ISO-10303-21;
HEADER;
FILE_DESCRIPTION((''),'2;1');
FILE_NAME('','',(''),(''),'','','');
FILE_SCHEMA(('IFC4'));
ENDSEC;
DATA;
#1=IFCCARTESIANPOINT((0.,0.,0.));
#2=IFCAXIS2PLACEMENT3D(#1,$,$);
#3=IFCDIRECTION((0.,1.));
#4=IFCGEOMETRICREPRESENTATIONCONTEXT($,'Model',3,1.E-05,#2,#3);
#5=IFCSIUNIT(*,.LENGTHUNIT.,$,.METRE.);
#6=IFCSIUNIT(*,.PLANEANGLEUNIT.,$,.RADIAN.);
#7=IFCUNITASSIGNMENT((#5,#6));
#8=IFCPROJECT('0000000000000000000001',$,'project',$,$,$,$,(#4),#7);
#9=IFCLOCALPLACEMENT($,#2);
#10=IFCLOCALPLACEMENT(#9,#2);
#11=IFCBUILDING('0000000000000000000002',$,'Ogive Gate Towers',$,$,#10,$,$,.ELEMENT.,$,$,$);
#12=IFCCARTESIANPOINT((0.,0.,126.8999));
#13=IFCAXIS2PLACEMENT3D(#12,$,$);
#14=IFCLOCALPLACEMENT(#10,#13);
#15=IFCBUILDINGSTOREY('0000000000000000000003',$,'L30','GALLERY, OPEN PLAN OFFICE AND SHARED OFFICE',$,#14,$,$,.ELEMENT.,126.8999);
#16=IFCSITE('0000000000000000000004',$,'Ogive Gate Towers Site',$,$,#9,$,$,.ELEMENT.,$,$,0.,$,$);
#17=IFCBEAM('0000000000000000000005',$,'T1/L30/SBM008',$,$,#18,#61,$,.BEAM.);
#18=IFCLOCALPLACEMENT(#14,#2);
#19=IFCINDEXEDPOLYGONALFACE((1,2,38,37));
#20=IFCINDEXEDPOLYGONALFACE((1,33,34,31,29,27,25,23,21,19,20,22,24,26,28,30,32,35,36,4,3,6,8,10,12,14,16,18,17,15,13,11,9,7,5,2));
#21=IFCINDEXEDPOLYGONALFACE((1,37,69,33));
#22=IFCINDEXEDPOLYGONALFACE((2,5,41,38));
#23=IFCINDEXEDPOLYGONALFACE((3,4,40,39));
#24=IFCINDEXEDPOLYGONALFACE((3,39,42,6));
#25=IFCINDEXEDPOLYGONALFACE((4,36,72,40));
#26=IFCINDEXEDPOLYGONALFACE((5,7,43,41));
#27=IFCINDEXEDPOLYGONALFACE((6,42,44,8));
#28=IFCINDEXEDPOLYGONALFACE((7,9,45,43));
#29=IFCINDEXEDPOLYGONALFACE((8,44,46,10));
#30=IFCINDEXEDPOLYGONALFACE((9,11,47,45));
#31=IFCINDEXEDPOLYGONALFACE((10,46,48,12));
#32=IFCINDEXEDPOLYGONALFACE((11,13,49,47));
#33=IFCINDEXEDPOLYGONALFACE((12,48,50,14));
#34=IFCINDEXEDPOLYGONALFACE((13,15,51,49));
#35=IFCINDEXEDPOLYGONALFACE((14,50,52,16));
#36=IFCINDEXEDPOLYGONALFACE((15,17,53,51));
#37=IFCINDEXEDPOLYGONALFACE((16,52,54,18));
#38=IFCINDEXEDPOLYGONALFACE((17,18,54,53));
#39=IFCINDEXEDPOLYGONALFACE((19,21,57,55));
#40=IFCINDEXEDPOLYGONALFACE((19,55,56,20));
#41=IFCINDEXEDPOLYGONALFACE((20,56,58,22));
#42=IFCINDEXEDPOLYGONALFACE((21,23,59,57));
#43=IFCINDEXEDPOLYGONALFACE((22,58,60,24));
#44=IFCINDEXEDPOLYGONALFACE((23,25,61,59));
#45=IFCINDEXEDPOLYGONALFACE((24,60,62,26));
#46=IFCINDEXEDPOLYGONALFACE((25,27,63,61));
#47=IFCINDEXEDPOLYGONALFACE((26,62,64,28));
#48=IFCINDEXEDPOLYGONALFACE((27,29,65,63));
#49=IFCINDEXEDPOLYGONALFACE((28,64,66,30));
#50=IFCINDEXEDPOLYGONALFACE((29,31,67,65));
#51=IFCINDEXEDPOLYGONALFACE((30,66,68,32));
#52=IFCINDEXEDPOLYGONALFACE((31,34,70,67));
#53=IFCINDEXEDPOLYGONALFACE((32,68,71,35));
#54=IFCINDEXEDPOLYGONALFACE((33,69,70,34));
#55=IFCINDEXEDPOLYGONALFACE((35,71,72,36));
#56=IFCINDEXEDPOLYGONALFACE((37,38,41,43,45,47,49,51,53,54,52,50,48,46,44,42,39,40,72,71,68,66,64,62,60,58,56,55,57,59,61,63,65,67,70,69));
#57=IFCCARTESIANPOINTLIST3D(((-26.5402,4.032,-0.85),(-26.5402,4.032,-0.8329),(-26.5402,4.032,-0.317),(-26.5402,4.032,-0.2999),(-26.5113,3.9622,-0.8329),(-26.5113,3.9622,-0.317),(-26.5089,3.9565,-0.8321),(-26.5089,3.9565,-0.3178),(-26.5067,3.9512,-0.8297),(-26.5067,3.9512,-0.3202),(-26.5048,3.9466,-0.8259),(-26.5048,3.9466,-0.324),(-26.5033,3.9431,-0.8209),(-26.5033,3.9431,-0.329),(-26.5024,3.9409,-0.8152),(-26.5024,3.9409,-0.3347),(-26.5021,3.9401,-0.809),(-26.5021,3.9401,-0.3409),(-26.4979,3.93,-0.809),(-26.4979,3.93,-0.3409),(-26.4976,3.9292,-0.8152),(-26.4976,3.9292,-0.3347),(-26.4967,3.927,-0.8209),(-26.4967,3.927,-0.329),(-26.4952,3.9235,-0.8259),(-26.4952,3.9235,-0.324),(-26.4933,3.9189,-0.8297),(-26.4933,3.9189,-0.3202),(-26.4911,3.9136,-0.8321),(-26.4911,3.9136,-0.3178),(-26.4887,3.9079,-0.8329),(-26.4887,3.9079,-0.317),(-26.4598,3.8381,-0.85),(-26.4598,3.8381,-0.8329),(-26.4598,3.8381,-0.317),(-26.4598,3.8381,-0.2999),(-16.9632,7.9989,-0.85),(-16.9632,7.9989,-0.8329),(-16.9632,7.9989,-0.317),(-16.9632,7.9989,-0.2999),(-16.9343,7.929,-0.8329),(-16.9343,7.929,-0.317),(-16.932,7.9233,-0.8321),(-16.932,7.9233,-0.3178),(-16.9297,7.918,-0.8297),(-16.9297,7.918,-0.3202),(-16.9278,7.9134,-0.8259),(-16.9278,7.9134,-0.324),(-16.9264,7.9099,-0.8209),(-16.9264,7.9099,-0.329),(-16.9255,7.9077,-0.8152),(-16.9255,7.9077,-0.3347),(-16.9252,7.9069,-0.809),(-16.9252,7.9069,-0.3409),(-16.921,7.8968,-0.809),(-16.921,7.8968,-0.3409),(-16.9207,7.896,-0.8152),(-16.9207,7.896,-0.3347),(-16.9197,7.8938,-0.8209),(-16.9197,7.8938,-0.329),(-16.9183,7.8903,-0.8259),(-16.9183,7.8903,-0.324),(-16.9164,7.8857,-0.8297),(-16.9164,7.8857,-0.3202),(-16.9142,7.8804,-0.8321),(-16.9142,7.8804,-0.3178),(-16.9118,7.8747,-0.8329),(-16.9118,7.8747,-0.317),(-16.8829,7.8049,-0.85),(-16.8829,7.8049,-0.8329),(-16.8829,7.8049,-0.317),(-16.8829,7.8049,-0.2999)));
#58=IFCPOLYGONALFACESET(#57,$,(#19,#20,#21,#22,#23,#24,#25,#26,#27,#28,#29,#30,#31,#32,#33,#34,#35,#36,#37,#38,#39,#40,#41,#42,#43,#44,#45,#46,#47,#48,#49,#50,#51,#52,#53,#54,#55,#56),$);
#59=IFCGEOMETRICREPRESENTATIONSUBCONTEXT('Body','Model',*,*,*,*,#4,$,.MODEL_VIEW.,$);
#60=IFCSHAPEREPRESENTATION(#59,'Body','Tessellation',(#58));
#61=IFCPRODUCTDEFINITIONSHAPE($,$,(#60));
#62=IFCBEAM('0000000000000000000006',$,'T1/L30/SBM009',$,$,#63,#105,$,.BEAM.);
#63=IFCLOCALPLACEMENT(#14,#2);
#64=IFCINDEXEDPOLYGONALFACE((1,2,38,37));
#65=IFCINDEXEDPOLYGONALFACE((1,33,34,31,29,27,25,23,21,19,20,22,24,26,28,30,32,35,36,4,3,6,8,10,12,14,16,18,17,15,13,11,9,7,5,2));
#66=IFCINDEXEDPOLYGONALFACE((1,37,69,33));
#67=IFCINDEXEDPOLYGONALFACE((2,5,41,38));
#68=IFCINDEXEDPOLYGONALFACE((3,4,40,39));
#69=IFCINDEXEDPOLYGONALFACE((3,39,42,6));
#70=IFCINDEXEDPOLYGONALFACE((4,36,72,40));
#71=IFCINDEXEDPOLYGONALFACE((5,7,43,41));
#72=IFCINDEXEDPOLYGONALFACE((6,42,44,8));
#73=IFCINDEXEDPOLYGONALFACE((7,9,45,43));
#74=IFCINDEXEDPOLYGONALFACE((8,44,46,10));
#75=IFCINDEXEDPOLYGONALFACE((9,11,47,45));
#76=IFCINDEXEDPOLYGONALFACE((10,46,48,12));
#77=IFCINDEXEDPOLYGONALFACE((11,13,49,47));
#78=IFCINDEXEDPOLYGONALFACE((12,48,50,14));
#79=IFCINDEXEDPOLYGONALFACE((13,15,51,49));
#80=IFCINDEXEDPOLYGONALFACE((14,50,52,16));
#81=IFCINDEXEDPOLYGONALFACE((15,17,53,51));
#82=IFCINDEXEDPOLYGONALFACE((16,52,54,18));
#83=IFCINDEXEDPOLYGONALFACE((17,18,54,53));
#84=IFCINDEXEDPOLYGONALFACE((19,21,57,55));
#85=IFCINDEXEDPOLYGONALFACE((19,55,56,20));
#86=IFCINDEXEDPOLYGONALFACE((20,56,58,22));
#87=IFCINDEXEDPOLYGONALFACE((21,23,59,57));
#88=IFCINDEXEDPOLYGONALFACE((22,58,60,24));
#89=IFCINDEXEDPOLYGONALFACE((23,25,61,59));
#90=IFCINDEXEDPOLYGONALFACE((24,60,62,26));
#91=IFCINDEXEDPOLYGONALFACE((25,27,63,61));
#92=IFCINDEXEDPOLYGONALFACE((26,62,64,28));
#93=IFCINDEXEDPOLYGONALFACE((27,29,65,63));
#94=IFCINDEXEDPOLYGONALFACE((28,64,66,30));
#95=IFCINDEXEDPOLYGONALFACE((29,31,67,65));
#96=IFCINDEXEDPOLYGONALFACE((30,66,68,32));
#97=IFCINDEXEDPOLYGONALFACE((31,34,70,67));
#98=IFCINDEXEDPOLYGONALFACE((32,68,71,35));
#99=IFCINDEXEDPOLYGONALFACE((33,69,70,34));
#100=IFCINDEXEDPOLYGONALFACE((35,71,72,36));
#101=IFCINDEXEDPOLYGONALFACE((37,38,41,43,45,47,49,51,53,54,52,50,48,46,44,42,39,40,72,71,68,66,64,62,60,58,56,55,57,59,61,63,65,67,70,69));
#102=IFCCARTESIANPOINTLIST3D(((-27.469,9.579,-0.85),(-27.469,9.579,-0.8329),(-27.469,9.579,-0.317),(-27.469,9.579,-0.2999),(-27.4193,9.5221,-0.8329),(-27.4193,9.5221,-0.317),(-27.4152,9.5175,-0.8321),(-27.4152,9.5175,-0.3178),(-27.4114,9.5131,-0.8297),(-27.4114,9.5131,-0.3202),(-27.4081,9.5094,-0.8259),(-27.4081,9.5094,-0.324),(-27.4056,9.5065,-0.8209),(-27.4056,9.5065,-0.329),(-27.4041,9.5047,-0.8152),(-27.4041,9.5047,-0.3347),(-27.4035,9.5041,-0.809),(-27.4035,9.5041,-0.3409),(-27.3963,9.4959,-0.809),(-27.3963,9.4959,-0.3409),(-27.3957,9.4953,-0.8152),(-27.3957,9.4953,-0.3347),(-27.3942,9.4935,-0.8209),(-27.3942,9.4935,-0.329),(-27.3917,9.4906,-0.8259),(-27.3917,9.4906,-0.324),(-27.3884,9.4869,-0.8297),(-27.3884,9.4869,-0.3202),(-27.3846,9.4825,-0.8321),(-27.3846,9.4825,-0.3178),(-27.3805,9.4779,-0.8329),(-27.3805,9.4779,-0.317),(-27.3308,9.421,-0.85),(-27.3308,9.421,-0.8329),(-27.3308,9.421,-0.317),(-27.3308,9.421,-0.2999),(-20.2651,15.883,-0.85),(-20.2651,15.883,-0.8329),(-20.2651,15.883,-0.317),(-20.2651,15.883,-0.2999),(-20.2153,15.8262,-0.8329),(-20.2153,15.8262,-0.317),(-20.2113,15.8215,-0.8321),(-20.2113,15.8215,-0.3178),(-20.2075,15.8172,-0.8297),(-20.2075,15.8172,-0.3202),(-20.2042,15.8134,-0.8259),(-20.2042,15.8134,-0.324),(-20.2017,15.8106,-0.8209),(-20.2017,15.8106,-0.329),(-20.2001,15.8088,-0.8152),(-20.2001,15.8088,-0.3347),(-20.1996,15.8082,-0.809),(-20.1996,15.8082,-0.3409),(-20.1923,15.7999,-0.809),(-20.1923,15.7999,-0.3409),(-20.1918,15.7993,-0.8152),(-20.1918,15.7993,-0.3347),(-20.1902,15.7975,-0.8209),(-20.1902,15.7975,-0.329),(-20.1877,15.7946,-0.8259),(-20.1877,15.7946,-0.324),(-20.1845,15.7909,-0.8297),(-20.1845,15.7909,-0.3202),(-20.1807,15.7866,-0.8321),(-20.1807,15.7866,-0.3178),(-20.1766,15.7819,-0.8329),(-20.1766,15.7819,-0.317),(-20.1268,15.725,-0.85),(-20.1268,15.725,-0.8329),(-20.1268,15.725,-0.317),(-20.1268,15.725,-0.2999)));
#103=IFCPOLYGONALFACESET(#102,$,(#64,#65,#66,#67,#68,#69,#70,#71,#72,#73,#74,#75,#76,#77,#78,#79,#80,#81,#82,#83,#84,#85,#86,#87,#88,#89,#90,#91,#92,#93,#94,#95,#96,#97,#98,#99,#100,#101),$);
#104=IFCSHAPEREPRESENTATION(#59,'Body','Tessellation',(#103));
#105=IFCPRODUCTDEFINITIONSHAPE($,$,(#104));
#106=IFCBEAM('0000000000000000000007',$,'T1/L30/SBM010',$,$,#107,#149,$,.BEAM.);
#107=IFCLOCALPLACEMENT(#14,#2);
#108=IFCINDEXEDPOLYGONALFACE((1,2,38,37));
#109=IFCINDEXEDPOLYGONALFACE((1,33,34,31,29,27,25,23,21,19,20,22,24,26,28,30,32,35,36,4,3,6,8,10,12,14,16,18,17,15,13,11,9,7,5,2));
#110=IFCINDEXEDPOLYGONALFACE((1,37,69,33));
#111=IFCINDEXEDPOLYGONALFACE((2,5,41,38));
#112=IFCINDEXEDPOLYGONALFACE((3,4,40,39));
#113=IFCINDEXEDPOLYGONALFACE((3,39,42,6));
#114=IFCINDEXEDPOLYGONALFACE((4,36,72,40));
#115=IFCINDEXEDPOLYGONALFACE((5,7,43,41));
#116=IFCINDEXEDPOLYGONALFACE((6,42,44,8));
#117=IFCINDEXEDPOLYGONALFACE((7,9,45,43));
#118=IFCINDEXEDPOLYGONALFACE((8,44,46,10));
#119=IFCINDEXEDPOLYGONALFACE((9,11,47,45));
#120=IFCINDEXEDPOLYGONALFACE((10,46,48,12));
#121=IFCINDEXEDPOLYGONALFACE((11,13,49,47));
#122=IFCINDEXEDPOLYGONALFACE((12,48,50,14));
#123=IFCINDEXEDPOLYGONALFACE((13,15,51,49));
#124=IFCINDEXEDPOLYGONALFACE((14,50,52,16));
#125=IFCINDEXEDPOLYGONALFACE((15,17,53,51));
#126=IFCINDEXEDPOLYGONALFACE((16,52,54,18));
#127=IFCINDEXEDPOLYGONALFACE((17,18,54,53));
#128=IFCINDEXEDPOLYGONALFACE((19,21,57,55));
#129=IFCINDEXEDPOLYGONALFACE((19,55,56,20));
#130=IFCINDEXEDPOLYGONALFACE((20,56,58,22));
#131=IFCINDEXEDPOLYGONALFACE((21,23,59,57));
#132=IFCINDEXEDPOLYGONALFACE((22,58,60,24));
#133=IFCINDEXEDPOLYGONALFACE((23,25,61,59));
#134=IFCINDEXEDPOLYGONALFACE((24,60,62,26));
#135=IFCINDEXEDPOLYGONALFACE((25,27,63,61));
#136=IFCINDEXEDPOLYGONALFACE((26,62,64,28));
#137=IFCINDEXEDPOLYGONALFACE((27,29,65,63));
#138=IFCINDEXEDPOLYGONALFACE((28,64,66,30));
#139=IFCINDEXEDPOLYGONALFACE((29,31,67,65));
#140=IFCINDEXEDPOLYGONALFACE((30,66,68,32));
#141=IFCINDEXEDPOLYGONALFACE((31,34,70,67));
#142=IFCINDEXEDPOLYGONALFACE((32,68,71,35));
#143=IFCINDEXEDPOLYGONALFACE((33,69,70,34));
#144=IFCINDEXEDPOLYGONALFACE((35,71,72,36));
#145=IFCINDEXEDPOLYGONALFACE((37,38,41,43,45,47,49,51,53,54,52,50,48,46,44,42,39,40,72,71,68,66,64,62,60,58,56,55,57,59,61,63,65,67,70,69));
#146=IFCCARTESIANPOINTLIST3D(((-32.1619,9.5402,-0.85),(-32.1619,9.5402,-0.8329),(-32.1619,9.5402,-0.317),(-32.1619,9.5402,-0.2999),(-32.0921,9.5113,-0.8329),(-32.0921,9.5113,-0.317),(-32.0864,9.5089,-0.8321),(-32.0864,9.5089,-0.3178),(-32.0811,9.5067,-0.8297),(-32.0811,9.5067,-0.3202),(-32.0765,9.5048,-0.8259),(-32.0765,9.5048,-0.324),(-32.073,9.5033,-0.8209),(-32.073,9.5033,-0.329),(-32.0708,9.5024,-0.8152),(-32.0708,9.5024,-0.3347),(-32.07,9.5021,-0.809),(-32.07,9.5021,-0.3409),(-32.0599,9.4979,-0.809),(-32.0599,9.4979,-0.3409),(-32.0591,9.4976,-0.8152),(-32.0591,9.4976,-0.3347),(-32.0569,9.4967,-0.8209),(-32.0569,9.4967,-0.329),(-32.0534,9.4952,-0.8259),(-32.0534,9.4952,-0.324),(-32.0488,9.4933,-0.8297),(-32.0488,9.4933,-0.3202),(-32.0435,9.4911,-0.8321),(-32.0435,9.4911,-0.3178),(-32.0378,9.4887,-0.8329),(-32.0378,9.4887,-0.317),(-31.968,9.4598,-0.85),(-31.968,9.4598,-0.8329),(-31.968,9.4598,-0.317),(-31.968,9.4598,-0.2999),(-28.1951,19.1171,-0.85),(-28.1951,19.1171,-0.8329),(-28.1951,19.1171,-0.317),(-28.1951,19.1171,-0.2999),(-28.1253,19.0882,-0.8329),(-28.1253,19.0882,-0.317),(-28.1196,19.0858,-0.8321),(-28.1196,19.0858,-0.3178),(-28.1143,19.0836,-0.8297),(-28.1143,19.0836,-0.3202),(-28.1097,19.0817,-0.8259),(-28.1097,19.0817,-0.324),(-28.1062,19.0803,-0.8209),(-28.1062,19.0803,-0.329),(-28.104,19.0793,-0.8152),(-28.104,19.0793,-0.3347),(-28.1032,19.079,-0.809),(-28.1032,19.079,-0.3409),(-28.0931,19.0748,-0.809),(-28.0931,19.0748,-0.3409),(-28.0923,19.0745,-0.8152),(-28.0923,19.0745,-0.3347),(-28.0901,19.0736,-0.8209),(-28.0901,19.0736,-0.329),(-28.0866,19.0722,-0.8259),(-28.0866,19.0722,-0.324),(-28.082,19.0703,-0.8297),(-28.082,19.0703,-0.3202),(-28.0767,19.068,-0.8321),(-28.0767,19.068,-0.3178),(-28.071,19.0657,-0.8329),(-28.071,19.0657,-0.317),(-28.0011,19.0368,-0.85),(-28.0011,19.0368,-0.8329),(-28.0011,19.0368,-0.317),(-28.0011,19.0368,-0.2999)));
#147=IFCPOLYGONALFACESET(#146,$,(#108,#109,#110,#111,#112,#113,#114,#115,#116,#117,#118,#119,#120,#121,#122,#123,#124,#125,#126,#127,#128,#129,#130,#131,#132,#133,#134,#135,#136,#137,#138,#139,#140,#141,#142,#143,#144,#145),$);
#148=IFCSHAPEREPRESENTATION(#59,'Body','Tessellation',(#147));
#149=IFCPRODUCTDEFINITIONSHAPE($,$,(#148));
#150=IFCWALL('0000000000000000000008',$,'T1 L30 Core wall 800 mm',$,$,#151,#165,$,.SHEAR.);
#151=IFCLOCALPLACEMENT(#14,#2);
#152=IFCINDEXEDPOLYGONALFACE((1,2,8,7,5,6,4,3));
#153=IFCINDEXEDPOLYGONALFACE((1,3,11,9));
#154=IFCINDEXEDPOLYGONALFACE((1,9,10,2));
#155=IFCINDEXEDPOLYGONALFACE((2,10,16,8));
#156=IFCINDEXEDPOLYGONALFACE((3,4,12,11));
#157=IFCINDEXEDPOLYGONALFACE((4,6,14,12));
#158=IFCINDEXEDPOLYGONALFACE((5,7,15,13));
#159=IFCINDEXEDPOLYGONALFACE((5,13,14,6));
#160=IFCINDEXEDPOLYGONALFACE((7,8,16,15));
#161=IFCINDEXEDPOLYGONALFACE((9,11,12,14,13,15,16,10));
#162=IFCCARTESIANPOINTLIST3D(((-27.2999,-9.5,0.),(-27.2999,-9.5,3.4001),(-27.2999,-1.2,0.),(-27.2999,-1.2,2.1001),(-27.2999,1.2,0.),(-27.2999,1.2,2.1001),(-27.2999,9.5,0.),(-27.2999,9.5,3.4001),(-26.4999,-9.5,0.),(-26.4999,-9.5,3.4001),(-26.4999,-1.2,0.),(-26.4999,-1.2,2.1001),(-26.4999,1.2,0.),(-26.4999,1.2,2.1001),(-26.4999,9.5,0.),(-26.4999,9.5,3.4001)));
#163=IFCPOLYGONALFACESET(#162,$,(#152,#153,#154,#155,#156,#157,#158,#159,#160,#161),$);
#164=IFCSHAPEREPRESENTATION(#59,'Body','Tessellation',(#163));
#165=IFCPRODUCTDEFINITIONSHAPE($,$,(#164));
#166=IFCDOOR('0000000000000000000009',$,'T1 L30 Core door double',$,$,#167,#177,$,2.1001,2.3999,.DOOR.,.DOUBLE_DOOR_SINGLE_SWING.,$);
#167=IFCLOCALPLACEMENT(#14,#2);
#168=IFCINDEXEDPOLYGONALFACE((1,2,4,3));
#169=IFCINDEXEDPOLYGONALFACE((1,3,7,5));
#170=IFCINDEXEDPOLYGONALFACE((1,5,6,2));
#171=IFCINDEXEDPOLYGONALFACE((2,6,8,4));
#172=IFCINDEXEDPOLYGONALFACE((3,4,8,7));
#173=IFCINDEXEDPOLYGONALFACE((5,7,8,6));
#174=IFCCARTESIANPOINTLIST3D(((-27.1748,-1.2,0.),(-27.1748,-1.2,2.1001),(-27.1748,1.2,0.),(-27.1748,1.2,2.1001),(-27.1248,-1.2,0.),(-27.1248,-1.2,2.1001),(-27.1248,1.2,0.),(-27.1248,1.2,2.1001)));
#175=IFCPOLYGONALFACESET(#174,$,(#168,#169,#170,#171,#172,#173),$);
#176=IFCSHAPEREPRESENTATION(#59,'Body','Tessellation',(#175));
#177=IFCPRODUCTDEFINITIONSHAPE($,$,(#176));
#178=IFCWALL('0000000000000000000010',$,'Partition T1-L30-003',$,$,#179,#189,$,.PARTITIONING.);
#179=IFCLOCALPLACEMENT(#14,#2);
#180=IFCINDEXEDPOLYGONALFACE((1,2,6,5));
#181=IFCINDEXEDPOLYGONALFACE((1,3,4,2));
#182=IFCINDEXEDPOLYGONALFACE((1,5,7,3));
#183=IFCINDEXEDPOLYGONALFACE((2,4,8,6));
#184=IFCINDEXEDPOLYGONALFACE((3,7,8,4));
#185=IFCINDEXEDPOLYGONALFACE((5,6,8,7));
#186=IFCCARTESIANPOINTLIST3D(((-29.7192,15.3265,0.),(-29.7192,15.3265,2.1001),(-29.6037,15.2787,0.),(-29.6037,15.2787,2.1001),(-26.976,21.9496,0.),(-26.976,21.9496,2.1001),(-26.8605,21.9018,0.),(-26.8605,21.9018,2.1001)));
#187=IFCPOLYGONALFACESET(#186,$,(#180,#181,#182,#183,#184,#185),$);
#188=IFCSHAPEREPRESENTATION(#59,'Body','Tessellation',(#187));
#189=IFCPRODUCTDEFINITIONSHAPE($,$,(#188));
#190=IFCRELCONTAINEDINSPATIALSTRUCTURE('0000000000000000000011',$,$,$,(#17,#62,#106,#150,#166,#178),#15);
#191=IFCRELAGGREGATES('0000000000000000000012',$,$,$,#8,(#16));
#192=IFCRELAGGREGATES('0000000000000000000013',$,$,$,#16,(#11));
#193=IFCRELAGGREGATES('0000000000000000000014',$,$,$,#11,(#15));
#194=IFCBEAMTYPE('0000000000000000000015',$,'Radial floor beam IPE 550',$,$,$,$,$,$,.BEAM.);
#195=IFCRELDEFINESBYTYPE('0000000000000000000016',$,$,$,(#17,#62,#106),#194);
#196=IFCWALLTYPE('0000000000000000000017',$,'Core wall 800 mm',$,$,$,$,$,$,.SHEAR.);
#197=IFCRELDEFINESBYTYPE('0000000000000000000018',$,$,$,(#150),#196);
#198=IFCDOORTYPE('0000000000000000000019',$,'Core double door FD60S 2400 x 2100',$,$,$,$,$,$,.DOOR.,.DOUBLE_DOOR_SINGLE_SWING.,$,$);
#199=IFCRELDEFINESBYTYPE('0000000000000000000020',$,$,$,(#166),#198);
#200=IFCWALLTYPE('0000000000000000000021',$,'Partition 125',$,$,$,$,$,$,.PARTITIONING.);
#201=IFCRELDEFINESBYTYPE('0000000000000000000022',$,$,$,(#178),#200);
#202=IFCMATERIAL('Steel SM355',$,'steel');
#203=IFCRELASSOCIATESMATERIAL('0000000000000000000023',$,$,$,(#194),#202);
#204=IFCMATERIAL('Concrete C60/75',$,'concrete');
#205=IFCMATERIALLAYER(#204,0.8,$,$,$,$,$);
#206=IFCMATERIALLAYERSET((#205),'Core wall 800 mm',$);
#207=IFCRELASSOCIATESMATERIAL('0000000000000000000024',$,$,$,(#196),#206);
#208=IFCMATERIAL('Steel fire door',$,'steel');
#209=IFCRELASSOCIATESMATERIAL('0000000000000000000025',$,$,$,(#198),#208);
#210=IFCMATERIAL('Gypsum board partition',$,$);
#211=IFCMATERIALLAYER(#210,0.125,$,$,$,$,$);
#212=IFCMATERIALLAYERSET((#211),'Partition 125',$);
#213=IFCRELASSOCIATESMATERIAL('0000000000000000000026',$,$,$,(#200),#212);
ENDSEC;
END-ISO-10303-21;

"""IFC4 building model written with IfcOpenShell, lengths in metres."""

from ifc_helpers import new_model, si_unit, direction, frame, frame_2d, origin, origin_2d, place, context, subcontext, project, spatial, rectangle, i_section, extrude, material, layer, layer_set, material_profile, profile_set, type_object, element, fill, save


model = new_model("IFC4")

# Units and contexts
model_context = context("Model", 3, precision=1e-05, world=origin(), true_north=direction((0.0, 1.0)))
body_context = subcontext(model_context, "Body", "Model", "MODEL_VIEW")
ifc_project = project(units=[si_unit("LENGTHUNIT", "METRE"), si_unit("PLANEANGLEUNIT", "RADIAN")], contexts=[model_context])

# Site, building, storey
site_placement = place(None, origin())
site = spatial("IfcSite", under=ifc_project, at=site_placement, Name="Ogive Gate Towers Site", CompositionType="ELEMENT", RefElevation=0.0)
building_placement = place(site_placement, origin())
building = spatial("IfcBuilding", under=site, at=building_placement, Name="Ogive Gate Towers", CompositionType="ELEMENT")
storey_placement = place(building_placement, frame((0.0, 0.0, 126.8999)))
storey = spatial("IfcBuildingStorey", under=building, at=storey_placement, Name="L30", Description="GALLERY, OPEN PLAN OFFICE AND SHARED OFFICE", CompositionType="ELEMENT", Elevation=126.8999)

# Beams
ifc_material_1 = material(Name="Steel SM355", Category="steel")
ifc_material_profile_1 = material_profile(ifc_material_1, i_section(OverallWidth=0.21, OverallDepth=0.55, WebThickness=0.011, FlangeThickness=0.0171, FilletRadius=0.0239, at=origin_2d()), Name="IPE 550")
ifc_profile_set_1 = profile_set([ifc_material_profile_1], Name="Steel SM355")
beam_type_1 = type_object("IfcBeamType", Name="Radial floor beam IPE 550", PredefinedType="BEAM", material=ifc_profile_set_1)
for number, where, z_axis, x_axis, name in (
    (1, (-26.5, 3.9351, -0.575), (0.923882, 0.382676, 0.0), (-0.382676, 0.923882, 0.0), "T1/L30/SBM008"),
):
    element("IfcBeam", number, at=place(storey_placement, frame(where, z_axis=z_axis, x_axis=x_axis)), inside=storey, type_object=beam_type_1, Name=name, PredefinedType="BEAM", context=body_context, shape_type="SweptSolid", body=[
        extrude(i_section(OverallWidth=0.21, OverallDepth=0.55, WebThickness=0.011, FlangeThickness=0.0171, FilletRadius=0.0239, at=origin_2d()), origin(), (0.0, 0.0, 1.0), 10.366),
    ])
beam_1_placement = place(storey_placement, frame((-27.3999, 9.5, -0.575), z_axis=(0.752547, 0.658539, 0.0), x_axis=(-0.658539, 0.752547, 0.0)))
element("IfcBeam", 2, at=beam_1_placement, inside=storey, type_object=beam_type_1, Name="T1/L30/SBM009", PredefinedType="BEAM", context=body_context, shape_type="SweptSolid", body=[
    extrude(i_section(OverallWidth=0.21, OverallDepth=0.55, WebThickness=0.011, FlangeThickness=0.0171, FilletRadius=0.0239, at=origin_2d()), origin(), (0.0, 0.0, 1.0), 9.5728),
])
beam_2_placement = place(storey_placement, frame((-32.0649, 9.5, -0.575), z_axis=(0.382676, 0.923882, 0.0), x_axis=(-0.923882, 0.382676, 0.0)))
element("IfcBeam", 3, at=beam_2_placement, inside=storey, type_object=beam_type_1, Name="T1/L30/SBM010", PredefinedType="BEAM", context=body_context, shape_type="SweptSolid", body=[
    extrude(i_section(OverallWidth=0.21, OverallDepth=0.55, WebThickness=0.011, FlangeThickness=0.0171, FilletRadius=0.0239, at=origin_2d()), origin(), (0.0, 0.0, 1.0), 10.366),
])

# Wall, opening, door
ifc_material_2 = material(Name="Concrete C60/75", Category="concrete")
ifc_layer_1 = layer(ifc_material_2, 0.8)
ifc_layer_set_1 = layer_set([ifc_layer_1], Name="Core wall 800 mm")
wall_type_1 = type_object("IfcWallType", Name="Core wall 800 mm", PredefinedType="SHEAR", material=ifc_layer_set_1)
wall_1_placement = place(storey_placement, frame((-26.8999, -9.5, 0.0), z_axis=(0.0, 0.0, 1.0), x_axis=(0.0, 1.0, 0.0)))
wall_1 = element("IfcWall", 4, at=wall_1_placement, inside=storey, type_object=wall_type_1, Name="T1 L30 Core wall 800 mm", PredefinedType="SHEAR", context=body_context, shape_type="SweptSolid", body=[
    extrude(rectangle(XDim=19.0, YDim=0.8, at=frame_2d((9.5, 0.0))), origin(), (0.0, 0.0, 1.0), 3.4001),
])
opening_1_placement = place(wall_1_placement, frame((8.3, 0.0, 0.0)))
opening_1 = element("IfcOpeningElement", 5, at=opening_1_placement, cuts=wall_1, PredefinedType="OPENING", context=body_context, shape_type="SweptSolid", body=[
    extrude(rectangle(XDim=2.3999, YDim=2.1001, at=frame_2d((1.2, 1.05))), frame((0.0, 0.4102, 0.0), z_axis=(0.0, -1.0, 0.0), x_axis=(1.0, 0.0, 0.0)), (0.0, 0.0, 1.0), 0.8201),
])
ifc_material_3 = material(Name="Steel fire door", Category="steel")
door_type_1 = type_object("IfcDoorType", Name="Core double door FD60S 2400 x 2100", OperationType="DOUBLE_DOOR_SINGLE_SWING", PredefinedType="DOOR", material=ifc_material_3)
door_1_placement = place(opening_1_placement, origin())
door_1 = element("IfcDoor", 6, at=door_1_placement, inside=storey, type_object=door_type_1, Name="T1 L30 Core door double", OperationType="DOUBLE_DOOR_SINGLE_SWING", OverallHeight=2.1001, OverallWidth=2.3999, PredefinedType="DOOR", context=body_context, shape_type="SweptSolid", body=[
    extrude(rectangle(XDim=2.3999, YDim=2.1001, at=frame_2d((1.2, 1.05))), frame((0.0, 0.2749, 0.0), z_axis=(0.0, -1.0, 0.0), x_axis=(1.0, 0.0, 0.0)), (0.0, 0.0, 1.0), 0.05),
])
fill(opening_1, door_1)

# Wall
ifc_material_4 = material(Name="Gypsum board partition")
ifc_layer_2 = layer(ifc_material_4, 0.125)
ifc_layer_set_2 = layer_set([ifc_layer_2], Name="Partition 125")
wall_type_2 = type_object("IfcWallType", Name="Partition 125", PredefinedType="PARTITIONING", material=ifc_layer_set_2)
wall_2_placement = place(storey_placement, frame((-26.9182, 21.9258, 0.0), z_axis=(0.0, 0.0, 1.0), x_axis=(-0.382661, -0.923889, 0.0)))
element("IfcWall", 7, at=wall_2_placement, inside=storey, type_object=wall_type_2, Name="Partition T1-L30-003", PredefinedType="PARTITIONING", context=body_context, shape_type="SweptSolid", body=[
    extrude(rectangle(XDim=7.1687, YDim=0.125, at=frame_2d((3.5845, 0.0))), origin(), (0.0, 0.0, 1.0), 2.1001),
])

save(model, "model.ifc")
